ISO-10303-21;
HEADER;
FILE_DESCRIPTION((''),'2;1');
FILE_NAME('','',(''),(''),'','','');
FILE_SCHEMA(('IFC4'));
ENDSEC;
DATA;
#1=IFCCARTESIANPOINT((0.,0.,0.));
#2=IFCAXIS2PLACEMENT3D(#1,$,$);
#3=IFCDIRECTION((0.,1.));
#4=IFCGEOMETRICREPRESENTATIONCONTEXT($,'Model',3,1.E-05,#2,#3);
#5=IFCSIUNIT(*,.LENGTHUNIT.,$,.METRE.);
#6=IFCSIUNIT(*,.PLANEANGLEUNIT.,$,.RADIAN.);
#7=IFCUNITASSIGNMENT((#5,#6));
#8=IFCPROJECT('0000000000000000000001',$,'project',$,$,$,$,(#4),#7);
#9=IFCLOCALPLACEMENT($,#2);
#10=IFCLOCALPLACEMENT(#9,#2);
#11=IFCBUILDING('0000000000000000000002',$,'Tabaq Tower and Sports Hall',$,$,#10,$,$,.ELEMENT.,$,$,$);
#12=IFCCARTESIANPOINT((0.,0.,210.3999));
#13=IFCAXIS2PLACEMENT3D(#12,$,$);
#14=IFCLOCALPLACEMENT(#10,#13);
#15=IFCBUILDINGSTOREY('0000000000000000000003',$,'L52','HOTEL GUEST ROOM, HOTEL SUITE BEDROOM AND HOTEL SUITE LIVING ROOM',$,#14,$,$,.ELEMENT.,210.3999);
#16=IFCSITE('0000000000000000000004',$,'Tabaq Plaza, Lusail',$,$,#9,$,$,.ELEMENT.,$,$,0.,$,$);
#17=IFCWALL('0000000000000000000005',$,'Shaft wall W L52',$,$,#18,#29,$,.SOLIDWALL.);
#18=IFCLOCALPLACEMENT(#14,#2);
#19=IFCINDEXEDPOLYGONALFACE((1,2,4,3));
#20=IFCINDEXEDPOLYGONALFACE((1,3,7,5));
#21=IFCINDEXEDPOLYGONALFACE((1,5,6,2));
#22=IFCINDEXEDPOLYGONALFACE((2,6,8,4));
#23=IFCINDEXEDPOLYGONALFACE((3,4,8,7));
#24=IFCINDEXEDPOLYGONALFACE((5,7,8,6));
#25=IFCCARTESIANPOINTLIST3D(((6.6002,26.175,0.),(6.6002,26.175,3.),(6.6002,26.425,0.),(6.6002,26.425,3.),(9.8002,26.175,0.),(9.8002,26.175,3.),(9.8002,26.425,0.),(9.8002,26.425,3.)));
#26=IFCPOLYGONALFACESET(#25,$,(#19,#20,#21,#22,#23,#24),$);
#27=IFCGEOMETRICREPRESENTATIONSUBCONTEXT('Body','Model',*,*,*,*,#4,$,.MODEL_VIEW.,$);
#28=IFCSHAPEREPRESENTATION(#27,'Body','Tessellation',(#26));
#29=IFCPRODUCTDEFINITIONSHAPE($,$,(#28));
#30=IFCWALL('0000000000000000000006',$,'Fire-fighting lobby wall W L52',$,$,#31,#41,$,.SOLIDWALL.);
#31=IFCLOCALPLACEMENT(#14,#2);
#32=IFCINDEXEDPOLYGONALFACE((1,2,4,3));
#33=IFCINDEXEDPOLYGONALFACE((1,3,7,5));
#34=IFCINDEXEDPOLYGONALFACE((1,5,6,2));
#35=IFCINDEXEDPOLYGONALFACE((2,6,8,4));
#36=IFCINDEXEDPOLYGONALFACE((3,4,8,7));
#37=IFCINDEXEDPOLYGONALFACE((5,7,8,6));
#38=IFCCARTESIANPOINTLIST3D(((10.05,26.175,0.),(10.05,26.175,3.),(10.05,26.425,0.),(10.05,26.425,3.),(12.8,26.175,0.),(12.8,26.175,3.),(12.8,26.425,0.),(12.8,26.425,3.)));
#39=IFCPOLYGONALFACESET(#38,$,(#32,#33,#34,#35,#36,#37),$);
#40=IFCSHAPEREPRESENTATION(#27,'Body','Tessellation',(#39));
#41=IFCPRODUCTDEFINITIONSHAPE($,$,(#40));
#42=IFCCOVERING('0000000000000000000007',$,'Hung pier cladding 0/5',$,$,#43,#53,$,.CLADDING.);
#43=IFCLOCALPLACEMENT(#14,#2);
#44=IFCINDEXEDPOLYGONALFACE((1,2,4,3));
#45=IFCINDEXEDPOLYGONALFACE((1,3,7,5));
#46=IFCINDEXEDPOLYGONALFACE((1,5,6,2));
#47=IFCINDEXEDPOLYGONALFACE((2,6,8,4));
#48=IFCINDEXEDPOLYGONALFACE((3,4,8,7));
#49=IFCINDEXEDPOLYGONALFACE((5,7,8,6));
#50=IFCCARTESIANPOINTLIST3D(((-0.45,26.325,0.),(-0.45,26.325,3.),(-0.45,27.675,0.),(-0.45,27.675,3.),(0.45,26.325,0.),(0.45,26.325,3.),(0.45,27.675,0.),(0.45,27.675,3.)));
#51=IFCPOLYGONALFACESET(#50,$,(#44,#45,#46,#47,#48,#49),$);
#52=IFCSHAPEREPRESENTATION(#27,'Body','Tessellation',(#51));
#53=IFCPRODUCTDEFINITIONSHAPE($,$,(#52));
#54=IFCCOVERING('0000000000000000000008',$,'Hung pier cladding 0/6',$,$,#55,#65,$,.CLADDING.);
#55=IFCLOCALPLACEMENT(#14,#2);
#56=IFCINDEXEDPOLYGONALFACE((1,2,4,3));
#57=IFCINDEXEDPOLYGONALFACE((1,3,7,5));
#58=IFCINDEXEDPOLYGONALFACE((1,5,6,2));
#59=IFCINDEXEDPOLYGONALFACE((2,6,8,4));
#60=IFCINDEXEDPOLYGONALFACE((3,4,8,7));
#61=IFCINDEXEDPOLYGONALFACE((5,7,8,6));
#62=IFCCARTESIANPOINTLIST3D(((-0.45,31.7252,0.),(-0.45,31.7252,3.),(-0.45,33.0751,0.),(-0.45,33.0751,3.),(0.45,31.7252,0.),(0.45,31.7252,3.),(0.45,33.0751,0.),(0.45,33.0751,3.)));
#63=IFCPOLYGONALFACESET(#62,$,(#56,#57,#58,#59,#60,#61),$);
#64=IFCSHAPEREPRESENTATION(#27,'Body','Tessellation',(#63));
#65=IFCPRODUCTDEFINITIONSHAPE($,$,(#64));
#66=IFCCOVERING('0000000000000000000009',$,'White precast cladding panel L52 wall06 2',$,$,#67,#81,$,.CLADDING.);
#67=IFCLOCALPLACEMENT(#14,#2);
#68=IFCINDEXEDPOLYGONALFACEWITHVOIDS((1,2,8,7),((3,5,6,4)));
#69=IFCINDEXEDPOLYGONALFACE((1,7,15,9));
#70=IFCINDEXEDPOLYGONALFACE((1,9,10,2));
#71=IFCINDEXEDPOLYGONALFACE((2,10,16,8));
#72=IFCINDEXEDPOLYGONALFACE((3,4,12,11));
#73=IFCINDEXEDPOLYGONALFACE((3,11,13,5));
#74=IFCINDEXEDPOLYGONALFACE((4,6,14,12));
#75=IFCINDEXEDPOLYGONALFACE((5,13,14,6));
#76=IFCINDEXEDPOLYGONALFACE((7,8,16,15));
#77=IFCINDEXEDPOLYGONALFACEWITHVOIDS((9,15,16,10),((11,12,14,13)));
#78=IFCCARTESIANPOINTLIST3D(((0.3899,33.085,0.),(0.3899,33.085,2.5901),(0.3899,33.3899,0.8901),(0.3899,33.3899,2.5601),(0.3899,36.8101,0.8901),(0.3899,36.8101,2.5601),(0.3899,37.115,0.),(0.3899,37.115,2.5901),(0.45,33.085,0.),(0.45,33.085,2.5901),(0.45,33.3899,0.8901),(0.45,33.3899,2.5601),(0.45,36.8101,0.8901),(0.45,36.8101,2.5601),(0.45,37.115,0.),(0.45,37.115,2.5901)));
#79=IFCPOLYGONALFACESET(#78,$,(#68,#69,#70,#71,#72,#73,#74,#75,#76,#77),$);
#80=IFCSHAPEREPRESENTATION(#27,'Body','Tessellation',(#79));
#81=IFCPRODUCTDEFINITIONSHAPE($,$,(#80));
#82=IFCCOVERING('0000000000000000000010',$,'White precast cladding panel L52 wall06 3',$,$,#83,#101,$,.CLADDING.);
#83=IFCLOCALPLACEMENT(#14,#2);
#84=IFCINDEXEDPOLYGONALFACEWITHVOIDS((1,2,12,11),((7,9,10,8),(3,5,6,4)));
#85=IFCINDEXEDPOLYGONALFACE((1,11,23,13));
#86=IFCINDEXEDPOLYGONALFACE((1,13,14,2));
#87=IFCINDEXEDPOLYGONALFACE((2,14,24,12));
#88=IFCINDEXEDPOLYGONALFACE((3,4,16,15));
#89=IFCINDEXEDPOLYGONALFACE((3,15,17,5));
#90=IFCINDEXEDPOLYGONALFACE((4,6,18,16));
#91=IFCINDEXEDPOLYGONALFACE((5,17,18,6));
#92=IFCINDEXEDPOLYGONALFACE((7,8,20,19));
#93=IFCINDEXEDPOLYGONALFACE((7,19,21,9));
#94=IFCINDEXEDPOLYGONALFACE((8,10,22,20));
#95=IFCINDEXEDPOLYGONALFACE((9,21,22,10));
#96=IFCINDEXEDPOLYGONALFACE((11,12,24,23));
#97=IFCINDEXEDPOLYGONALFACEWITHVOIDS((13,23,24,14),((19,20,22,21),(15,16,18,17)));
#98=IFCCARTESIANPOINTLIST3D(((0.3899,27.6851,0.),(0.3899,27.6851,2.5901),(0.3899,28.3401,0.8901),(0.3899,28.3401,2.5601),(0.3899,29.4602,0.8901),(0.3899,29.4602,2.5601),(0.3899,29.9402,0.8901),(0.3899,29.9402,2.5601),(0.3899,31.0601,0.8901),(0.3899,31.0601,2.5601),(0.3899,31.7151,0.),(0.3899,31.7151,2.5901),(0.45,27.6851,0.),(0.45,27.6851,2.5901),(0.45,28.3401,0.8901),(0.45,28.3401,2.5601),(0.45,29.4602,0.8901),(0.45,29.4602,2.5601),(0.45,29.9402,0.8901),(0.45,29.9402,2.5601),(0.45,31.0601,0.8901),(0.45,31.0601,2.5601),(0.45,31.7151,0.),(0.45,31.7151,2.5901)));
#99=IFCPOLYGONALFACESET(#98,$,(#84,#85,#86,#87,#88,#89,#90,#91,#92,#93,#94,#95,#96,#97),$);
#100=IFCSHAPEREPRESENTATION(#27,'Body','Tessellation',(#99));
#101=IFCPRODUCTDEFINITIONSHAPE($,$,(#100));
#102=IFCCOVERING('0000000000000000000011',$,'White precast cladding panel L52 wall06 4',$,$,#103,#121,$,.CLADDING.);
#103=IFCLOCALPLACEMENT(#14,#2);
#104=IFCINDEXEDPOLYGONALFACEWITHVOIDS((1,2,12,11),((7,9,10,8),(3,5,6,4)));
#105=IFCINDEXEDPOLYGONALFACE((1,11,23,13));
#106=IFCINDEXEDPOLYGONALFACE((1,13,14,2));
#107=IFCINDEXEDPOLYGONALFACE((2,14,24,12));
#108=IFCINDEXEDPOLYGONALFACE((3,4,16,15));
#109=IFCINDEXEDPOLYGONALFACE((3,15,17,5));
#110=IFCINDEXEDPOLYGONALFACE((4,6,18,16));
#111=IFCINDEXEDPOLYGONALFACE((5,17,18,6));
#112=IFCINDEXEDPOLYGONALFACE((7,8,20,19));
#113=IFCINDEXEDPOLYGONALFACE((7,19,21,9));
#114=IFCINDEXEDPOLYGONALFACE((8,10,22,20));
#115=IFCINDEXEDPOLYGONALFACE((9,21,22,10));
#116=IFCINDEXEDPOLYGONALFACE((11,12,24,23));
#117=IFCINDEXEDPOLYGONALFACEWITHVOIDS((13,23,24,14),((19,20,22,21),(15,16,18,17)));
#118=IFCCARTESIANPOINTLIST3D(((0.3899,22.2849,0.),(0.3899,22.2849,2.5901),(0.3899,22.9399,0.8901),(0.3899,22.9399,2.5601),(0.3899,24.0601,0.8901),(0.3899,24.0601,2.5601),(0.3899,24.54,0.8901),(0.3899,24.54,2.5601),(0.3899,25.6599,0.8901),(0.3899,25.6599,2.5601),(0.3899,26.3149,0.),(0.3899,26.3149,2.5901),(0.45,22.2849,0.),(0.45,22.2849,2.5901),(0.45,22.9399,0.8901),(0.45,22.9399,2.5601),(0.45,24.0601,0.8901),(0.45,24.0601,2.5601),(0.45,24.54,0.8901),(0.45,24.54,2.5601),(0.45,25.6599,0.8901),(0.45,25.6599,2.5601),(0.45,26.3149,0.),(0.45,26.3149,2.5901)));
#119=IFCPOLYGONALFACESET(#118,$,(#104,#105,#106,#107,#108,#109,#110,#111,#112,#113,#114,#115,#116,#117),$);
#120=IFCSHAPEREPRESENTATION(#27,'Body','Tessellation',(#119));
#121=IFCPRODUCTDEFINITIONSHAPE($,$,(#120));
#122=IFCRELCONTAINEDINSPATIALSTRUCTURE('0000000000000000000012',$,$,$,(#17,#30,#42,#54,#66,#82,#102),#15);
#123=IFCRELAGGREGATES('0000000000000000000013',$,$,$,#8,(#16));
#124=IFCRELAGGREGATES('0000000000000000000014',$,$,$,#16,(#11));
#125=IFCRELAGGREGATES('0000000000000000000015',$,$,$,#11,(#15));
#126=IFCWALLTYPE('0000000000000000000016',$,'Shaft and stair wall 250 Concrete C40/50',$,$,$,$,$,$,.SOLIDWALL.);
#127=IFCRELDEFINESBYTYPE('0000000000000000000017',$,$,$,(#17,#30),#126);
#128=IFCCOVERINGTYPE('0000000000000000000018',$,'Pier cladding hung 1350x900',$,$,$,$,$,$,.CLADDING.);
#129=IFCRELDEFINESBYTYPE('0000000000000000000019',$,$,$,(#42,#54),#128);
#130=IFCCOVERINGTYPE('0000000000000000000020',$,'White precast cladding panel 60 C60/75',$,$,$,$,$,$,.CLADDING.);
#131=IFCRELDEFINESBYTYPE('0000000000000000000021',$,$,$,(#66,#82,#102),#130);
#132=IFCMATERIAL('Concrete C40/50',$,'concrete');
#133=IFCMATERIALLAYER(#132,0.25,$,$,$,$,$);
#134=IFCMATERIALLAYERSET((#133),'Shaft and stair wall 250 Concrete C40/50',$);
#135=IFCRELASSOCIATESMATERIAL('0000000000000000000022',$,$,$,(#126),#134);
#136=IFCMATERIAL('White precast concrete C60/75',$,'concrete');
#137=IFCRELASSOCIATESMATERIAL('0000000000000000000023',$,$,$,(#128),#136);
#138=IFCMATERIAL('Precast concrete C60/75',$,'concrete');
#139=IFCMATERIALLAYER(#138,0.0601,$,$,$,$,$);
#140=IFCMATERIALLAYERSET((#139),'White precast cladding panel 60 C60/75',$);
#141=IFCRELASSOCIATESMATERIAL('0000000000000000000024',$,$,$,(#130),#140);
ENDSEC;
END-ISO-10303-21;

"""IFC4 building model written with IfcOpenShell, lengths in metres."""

from ifc_helpers import new_model, si_unit, direction, frame, frame_2d, origin, place, context, subcontext, project, spatial, polyline, rectangle, outline, extrude, material, layer, layer_set, type_object, element, save


model = new_model("IFC4")

# Units and contexts
model_context = context("Model", 3, precision=1e-05, world=origin(), true_north=direction((0.0, 1.0)))
body_context = subcontext(model_context, "Body", "Model", "MODEL_VIEW")
ifc_project = project(units=[si_unit("LENGTHUNIT", "METRE"), si_unit("PLANEANGLEUNIT", "RADIAN")], contexts=[model_context])

# Site, building, storey
site_placement = place(None, origin())
site = spatial("IfcSite", under=ifc_project, at=site_placement, Name="Tabaq Plaza, Lusail", CompositionType="ELEMENT", RefElevation=0.0)
building_placement = place(site_placement, origin())
building = spatial("IfcBuilding", under=site, at=building_placement, Name="Tabaq Tower and Sports Hall", CompositionType="ELEMENT")
storey_placement = place(building_placement, frame((0.0, 0.0, 210.3999)))
storey = spatial("IfcBuildingStorey", under=building, at=storey_placement, Name="L52", Description="HOTEL GUEST ROOM, HOTEL SUITE BEDROOM AND HOTEL SUITE LIVING ROOM", CompositionType="ELEMENT", Elevation=210.3999)

# Walls
ifc_material_1 = material(Name="Concrete C40/50", Category="concrete")
ifc_layer_1 = layer(ifc_material_1, 0.25)
ifc_layer_set_1 = layer_set([ifc_layer_1], Name="Shaft and stair wall 250 Concrete C40/50")
wall_type_1 = type_object("IfcWallType", Name="Shaft and stair wall 250 Concrete C40/50", PredefinedType="SOLIDWALL", material=ifc_layer_set_1)
wall_1_placement = place(storey_placement, frame((6.6001, 26.3, 0.0), z_axis=(0.0, 0.0, 1.0), x_axis=(1.0, 0.0, 0.0)))
element("IfcWall", 1, at=wall_1_placement, inside=storey, type_object=wall_type_1, Name="Shaft wall W L52", PredefinedType="SOLIDWALL", context=body_context, shape_type="SweptSolid", body=[
    extrude(rectangle(XDim=3.2, YDim=0.25, at=frame_2d((1.6001, 0.0))), origin(), (0.0, 0.0, 1.0), 3.0),
])
wall_2_placement = place(storey_placement, frame((10.05, 26.3, 0.0), z_axis=(0.0, 0.0, 1.0), x_axis=(1.0, 0.0, 0.0)))
element("IfcWall", 2, at=wall_2_placement, inside=storey, type_object=wall_type_1, Name="Fire-fighting lobby wall W L52", PredefinedType="SOLIDWALL", context=body_context, shape_type="SweptSolid", body=[
    extrude(rectangle(XDim=2.75, YDim=0.25, at=frame_2d((1.375, 0.0))), origin(), (0.0, 0.0, 1.0), 3.0),
])

# Coverings
ifc_material_2 = material(Name="White precast concrete C60/75", Category="concrete")
covering_type_1 = type_object("IfcCoveringType", Name="Pier cladding hung 1350x900", PredefinedType="CLADDING", material=ifc_material_2)
covering_1_placement = place(storey_placement, frame((0.0, 27.675, 0.0), z_axis=(0.0, 0.0, 1.0), x_axis=(0.0, -1.0, 0.0)))
element("IfcCovering", 3, at=covering_1_placement, inside=storey, type_object=covering_type_1, Name="Hung pier cladding 0/5", PredefinedType="CLADDING", context=body_context, shape_type="SweptSolid", body=[
    extrude(rectangle(XDim=1.3501, YDim=0.8999, at=frame_2d((0.675, 0.0))), origin(), (0.0, 0.0, 1.0), 3.0),
])
covering_2_placement = place(storey_placement, frame((0.0, 33.075, 0.0), z_axis=(0.0, 0.0, 1.0), x_axis=(0.0, -1.0, 0.0)))
element("IfcCovering", 4, at=covering_2_placement, inside=storey, type_object=covering_type_1, Name="Hung pier cladding 0/6", PredefinedType="CLADDING", context=body_context, shape_type="SweptSolid", body=[
    extrude(rectangle(XDim=1.3499, YDim=0.8999, at=frame_2d((0.6748, 0.0))), origin(), (0.0, 0.0, 1.0), 3.0),
])
ifc_material_3 = material(Name="Precast concrete C60/75", Category="concrete")
ifc_layer_2 = layer(ifc_material_3, 0.0601)
ifc_layer_set_2 = layer_set([ifc_layer_2], Name="White precast cladding panel 60 C60/75")
covering_type_2 = type_object("IfcCoveringType", Name="White precast cladding panel 60 C60/75", PredefinedType="CLADDING", material=ifc_layer_set_2)
covering_3_placement = place(storey_placement, frame((0.4199, 37.115, 0.0), z_axis=(0.0, 0.0, 1.0), x_axis=(0.0, -1.0, 0.0)))
element("IfcCovering", 5, at=covering_3_placement, inside=storey, type_object=covering_type_2, Name="White precast cladding panel L52 wall06 2", PredefinedType="CLADDING", context=body_context, shape_type="SweptSolid", body=[
    extrude(outline(polyline([(0.0, 0.0), (4.03, 0.0), (4.03, 2.5901), (0.0, 2.5901), (0.0, 0.0)]), holes=[polyline([(3.7251, 0.8901), (0.3049, 0.8901), (0.3049, 2.5601), (3.7251, 2.5601), (3.7251, 0.8901)])]), frame((0.0, 0.03, 0.0), z_axis=(0.0, -1.0, 0.0), x_axis=(1.0, 0.0, 0.0)), (0.0, 0.0, 1.0), 0.0601),
])
for number, where, z_axis, x_axis, name in (
    (6, (0.4199, 31.7151, 0.0), (0.0, 0.0, 1.0), (0.0, -1.0, 0.0), "White precast cladding panel L52 wall06 3"),
    (7, (0.4199, 26.3149, 0.0), (0.0, 0.0, 1.0), (0.0, -1.0, 0.0), "White precast cladding panel L52 wall06 4"),
):
    element("IfcCovering", number, at=place(storey_placement, frame(where, z_axis=z_axis, x_axis=x_axis)), inside=storey, type_object=covering_type_2, Name=name, PredefinedType="CLADDING", context=body_context, shape_type="SweptSolid", body=[
        extrude(outline(polyline([(0.0, 0.0), (4.03, 0.0), (4.03, 2.5901), (0.0, 2.5901), (0.0, 0.0)]), holes=[polyline([(0.655, 0.8901), (0.655, 2.5601), (1.7749, 2.5601), (1.7749, 0.8901), (0.655, 0.8901)]), polyline([(2.2549, 0.8901), (2.2549, 2.5601), (3.375, 2.5601), (3.375, 0.8901), (2.2549, 0.8901)])]), frame((0.0, 0.03, 0.0), z_axis=(0.0, -1.0, 0.0), x_axis=(1.0, 0.0, 0.0)), (0.0, 0.0, 1.0), 0.0601),
    ])

save(model, "model.ifc")
